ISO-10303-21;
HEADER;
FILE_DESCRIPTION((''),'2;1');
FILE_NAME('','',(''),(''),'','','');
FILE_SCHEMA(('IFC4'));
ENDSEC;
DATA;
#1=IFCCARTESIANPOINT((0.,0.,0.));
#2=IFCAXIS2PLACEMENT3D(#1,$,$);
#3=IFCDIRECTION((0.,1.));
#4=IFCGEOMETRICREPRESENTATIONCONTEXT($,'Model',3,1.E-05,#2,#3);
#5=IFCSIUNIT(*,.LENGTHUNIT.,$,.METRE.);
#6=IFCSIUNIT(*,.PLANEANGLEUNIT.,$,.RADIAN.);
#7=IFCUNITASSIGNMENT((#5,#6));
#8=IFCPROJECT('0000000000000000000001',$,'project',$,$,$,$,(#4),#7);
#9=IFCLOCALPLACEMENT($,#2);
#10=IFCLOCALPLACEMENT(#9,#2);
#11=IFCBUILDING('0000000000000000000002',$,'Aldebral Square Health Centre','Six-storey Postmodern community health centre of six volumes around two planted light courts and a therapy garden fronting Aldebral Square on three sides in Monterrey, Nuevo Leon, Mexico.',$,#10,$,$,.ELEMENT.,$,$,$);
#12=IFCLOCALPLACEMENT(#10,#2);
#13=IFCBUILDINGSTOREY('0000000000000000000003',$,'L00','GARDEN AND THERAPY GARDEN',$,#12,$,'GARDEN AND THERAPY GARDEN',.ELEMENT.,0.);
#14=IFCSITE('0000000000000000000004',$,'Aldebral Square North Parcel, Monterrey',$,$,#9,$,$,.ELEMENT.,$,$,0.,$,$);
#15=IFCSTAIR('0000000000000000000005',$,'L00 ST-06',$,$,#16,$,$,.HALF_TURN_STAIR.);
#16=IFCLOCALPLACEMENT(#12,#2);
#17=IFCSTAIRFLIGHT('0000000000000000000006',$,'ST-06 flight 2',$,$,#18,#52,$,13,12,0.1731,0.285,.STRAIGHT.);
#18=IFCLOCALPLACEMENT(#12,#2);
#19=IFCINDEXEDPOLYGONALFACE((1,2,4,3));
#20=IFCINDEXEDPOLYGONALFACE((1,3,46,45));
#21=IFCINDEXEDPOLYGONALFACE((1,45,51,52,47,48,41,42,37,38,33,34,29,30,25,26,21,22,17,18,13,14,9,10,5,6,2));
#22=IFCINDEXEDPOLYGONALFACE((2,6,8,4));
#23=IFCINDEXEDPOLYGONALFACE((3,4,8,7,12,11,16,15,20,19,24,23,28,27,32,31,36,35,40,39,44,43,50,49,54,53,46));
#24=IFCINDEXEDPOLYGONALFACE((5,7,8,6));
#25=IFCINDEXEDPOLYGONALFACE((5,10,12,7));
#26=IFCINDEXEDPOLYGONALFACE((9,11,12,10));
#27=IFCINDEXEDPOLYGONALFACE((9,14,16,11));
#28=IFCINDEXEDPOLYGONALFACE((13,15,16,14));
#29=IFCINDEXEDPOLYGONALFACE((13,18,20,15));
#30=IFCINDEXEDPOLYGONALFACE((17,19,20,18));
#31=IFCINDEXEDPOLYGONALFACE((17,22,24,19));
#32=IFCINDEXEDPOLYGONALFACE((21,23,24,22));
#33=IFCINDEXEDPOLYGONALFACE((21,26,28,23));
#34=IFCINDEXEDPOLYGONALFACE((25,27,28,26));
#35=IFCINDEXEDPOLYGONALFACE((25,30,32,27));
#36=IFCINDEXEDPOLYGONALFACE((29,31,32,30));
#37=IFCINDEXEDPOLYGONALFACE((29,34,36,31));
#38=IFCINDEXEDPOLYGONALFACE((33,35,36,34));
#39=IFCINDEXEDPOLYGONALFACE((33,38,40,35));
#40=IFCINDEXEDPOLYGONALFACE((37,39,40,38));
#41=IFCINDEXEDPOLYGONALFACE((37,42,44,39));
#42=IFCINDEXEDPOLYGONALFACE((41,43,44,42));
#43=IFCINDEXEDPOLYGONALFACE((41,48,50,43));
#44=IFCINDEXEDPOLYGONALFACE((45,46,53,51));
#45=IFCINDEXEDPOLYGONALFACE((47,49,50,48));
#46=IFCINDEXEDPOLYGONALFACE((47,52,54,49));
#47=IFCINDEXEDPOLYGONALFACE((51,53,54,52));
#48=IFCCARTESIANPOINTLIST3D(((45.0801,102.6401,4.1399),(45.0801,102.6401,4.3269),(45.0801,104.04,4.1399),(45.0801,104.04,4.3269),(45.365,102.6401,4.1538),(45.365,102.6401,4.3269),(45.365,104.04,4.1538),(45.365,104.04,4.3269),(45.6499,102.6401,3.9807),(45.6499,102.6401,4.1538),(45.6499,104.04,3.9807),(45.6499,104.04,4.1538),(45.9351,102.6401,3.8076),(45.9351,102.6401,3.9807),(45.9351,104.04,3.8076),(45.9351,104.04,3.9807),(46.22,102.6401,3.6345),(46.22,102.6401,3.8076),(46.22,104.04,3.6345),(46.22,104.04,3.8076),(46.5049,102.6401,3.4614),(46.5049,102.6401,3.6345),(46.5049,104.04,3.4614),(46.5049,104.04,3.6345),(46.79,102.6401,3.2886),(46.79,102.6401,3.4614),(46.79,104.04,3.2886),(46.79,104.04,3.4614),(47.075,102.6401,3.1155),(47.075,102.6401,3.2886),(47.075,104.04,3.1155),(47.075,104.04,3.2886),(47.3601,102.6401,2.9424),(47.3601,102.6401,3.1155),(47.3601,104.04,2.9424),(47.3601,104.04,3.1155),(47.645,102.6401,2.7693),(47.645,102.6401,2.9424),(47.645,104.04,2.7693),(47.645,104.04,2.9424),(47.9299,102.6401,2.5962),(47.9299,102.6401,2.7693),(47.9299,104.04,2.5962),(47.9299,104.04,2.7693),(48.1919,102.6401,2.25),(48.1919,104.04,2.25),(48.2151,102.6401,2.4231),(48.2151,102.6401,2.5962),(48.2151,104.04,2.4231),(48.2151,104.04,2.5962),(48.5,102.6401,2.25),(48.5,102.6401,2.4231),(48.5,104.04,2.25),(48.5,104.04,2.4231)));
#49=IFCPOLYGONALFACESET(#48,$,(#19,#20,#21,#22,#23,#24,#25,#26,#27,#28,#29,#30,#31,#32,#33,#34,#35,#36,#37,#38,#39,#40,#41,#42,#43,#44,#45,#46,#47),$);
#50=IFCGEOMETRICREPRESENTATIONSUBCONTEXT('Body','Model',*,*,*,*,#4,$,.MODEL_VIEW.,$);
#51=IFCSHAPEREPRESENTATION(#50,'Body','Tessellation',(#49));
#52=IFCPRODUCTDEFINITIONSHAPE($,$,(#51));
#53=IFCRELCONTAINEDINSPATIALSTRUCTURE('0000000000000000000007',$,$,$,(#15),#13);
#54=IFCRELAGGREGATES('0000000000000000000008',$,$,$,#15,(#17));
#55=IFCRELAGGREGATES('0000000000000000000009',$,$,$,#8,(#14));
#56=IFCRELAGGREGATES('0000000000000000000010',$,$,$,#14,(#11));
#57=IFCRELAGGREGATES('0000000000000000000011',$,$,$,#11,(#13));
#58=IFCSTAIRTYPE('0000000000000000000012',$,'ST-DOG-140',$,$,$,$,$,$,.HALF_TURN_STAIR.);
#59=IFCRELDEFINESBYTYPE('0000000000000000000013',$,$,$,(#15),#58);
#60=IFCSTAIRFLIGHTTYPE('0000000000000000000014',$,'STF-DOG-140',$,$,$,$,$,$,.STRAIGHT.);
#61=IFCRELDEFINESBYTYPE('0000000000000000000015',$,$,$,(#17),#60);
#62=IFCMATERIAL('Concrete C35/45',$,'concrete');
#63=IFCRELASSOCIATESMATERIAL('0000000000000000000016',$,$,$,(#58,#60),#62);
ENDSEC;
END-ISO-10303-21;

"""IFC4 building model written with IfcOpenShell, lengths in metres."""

from ifc_helpers import new_model, si_unit, direction, frame, origin, place, context, subcontext, project, spatial, polyline, outline, extrude, material, type_object, element, aggregate, save


model = new_model("IFC4")

# Units and contexts
model_context = context("Model", 3, precision=1e-05, world=origin(), true_north=direction((0.0, 1.0)))
body_context = subcontext(model_context, "Body", "Model", "MODEL_VIEW")
ifc_project = project(units=[si_unit("LENGTHUNIT", "METRE"), si_unit("PLANEANGLEUNIT", "RADIAN")], contexts=[model_context])

# Site, building, storey
site_placement = place(None, origin())
site = spatial("IfcSite", under=ifc_project, at=site_placement, Name="Aldebral Square North Parcel, Monterrey", CompositionType="ELEMENT", RefElevation=0.0)
building_placement = place(site_placement, origin())
building = spatial("IfcBuilding", under=site, at=building_placement, Name="Aldebral Square Health Centre", Description="Six-storey Postmodern community health centre of six volumes around two planted light courts and a therapy garden fronting Aldebral Square on three sides in Monterrey, Nuevo Leon, Mexico.", CompositionType="ELEMENT")
storey_placement = place(building_placement, origin())
storey = spatial("IfcBuildingStorey", under=building, at=storey_placement, Name="L00", Description="GARDEN AND THERAPY GARDEN", LongName="GARDEN AND THERAPY GARDEN", CompositionType="ELEMENT", Elevation=0.0)

# Shared definitions
ifc_material_1 = material(Name="Concrete C35/45", Category="concrete")

# Stair, stair flight
stair_type = type_object("IfcStairType", Name="ST-DOG-140", PredefinedType="HALF_TURN_STAIR", material=ifc_material_1)
stair_placement = place(storey_placement, origin())
stair = element("IfcStair", 1, at=stair_placement, inside=storey, type_object=stair_type, Name="L00 ST-06", PredefinedType="HALF_TURN_STAIR")
stair_flight_type = type_object("IfcStairFlightType", Name="STF-DOG-140", PredefinedType="STRAIGHT", material=ifc_material_1)
stair_flight_1_placement = place(storey_placement, frame((48.5, 103.3401, 2.25), z_axis=(0.0, 0.0, 1.0), x_axis=(-1.0, 0.0, 0.0)))
stair_flight_1 = element("IfcStairFlight", 2, at=stair_flight_1_placement, type_object=stair_flight_type, Name="ST-06 flight 2", NumberOfRisers=13, NumberOfTreads=12, PredefinedType="STRAIGHT", RiserHeight=0.1731, TreadLength=0.285, context=body_context, shape_type="SweptSolid", body=[
    extrude(outline(polyline([(0.0, 0.0), (0.0, 0.1731), (0.2849, 0.1731), (0.2849, 0.3462), (0.5701, 0.3462), (0.5701, 0.5193), (0.855, 0.5193), (0.855, 0.6924), (1.1399, 0.6924), (1.1399, 0.8655), (1.425, 0.8655), (1.425, 1.0386), (1.71, 1.0386), (1.71, 1.2114), (1.9951, 1.2114), (1.9951, 1.3845), (2.28, 1.3845), (2.28, 1.5576), (2.5649, 1.5576), (2.5649, 1.7307), (2.8501, 1.7307), (2.8501, 1.9038), (3.135, 1.9038), (3.135, 2.0769), (3.4199, 2.0769), (3.4199, 2.25), (3.4199, 1.8899), (0.3081, 0.0), (0.0, 0.0)])), frame((0.0, 0.7, 0.0), z_axis=(0.0, -1.0, 0.0), x_axis=(1.0, 0.0, 0.0)), (0.0, 0.0, 1.0), 1.3999),
])
aggregate(stair, [stair_flight_1])

save(model, "model.ifc")
